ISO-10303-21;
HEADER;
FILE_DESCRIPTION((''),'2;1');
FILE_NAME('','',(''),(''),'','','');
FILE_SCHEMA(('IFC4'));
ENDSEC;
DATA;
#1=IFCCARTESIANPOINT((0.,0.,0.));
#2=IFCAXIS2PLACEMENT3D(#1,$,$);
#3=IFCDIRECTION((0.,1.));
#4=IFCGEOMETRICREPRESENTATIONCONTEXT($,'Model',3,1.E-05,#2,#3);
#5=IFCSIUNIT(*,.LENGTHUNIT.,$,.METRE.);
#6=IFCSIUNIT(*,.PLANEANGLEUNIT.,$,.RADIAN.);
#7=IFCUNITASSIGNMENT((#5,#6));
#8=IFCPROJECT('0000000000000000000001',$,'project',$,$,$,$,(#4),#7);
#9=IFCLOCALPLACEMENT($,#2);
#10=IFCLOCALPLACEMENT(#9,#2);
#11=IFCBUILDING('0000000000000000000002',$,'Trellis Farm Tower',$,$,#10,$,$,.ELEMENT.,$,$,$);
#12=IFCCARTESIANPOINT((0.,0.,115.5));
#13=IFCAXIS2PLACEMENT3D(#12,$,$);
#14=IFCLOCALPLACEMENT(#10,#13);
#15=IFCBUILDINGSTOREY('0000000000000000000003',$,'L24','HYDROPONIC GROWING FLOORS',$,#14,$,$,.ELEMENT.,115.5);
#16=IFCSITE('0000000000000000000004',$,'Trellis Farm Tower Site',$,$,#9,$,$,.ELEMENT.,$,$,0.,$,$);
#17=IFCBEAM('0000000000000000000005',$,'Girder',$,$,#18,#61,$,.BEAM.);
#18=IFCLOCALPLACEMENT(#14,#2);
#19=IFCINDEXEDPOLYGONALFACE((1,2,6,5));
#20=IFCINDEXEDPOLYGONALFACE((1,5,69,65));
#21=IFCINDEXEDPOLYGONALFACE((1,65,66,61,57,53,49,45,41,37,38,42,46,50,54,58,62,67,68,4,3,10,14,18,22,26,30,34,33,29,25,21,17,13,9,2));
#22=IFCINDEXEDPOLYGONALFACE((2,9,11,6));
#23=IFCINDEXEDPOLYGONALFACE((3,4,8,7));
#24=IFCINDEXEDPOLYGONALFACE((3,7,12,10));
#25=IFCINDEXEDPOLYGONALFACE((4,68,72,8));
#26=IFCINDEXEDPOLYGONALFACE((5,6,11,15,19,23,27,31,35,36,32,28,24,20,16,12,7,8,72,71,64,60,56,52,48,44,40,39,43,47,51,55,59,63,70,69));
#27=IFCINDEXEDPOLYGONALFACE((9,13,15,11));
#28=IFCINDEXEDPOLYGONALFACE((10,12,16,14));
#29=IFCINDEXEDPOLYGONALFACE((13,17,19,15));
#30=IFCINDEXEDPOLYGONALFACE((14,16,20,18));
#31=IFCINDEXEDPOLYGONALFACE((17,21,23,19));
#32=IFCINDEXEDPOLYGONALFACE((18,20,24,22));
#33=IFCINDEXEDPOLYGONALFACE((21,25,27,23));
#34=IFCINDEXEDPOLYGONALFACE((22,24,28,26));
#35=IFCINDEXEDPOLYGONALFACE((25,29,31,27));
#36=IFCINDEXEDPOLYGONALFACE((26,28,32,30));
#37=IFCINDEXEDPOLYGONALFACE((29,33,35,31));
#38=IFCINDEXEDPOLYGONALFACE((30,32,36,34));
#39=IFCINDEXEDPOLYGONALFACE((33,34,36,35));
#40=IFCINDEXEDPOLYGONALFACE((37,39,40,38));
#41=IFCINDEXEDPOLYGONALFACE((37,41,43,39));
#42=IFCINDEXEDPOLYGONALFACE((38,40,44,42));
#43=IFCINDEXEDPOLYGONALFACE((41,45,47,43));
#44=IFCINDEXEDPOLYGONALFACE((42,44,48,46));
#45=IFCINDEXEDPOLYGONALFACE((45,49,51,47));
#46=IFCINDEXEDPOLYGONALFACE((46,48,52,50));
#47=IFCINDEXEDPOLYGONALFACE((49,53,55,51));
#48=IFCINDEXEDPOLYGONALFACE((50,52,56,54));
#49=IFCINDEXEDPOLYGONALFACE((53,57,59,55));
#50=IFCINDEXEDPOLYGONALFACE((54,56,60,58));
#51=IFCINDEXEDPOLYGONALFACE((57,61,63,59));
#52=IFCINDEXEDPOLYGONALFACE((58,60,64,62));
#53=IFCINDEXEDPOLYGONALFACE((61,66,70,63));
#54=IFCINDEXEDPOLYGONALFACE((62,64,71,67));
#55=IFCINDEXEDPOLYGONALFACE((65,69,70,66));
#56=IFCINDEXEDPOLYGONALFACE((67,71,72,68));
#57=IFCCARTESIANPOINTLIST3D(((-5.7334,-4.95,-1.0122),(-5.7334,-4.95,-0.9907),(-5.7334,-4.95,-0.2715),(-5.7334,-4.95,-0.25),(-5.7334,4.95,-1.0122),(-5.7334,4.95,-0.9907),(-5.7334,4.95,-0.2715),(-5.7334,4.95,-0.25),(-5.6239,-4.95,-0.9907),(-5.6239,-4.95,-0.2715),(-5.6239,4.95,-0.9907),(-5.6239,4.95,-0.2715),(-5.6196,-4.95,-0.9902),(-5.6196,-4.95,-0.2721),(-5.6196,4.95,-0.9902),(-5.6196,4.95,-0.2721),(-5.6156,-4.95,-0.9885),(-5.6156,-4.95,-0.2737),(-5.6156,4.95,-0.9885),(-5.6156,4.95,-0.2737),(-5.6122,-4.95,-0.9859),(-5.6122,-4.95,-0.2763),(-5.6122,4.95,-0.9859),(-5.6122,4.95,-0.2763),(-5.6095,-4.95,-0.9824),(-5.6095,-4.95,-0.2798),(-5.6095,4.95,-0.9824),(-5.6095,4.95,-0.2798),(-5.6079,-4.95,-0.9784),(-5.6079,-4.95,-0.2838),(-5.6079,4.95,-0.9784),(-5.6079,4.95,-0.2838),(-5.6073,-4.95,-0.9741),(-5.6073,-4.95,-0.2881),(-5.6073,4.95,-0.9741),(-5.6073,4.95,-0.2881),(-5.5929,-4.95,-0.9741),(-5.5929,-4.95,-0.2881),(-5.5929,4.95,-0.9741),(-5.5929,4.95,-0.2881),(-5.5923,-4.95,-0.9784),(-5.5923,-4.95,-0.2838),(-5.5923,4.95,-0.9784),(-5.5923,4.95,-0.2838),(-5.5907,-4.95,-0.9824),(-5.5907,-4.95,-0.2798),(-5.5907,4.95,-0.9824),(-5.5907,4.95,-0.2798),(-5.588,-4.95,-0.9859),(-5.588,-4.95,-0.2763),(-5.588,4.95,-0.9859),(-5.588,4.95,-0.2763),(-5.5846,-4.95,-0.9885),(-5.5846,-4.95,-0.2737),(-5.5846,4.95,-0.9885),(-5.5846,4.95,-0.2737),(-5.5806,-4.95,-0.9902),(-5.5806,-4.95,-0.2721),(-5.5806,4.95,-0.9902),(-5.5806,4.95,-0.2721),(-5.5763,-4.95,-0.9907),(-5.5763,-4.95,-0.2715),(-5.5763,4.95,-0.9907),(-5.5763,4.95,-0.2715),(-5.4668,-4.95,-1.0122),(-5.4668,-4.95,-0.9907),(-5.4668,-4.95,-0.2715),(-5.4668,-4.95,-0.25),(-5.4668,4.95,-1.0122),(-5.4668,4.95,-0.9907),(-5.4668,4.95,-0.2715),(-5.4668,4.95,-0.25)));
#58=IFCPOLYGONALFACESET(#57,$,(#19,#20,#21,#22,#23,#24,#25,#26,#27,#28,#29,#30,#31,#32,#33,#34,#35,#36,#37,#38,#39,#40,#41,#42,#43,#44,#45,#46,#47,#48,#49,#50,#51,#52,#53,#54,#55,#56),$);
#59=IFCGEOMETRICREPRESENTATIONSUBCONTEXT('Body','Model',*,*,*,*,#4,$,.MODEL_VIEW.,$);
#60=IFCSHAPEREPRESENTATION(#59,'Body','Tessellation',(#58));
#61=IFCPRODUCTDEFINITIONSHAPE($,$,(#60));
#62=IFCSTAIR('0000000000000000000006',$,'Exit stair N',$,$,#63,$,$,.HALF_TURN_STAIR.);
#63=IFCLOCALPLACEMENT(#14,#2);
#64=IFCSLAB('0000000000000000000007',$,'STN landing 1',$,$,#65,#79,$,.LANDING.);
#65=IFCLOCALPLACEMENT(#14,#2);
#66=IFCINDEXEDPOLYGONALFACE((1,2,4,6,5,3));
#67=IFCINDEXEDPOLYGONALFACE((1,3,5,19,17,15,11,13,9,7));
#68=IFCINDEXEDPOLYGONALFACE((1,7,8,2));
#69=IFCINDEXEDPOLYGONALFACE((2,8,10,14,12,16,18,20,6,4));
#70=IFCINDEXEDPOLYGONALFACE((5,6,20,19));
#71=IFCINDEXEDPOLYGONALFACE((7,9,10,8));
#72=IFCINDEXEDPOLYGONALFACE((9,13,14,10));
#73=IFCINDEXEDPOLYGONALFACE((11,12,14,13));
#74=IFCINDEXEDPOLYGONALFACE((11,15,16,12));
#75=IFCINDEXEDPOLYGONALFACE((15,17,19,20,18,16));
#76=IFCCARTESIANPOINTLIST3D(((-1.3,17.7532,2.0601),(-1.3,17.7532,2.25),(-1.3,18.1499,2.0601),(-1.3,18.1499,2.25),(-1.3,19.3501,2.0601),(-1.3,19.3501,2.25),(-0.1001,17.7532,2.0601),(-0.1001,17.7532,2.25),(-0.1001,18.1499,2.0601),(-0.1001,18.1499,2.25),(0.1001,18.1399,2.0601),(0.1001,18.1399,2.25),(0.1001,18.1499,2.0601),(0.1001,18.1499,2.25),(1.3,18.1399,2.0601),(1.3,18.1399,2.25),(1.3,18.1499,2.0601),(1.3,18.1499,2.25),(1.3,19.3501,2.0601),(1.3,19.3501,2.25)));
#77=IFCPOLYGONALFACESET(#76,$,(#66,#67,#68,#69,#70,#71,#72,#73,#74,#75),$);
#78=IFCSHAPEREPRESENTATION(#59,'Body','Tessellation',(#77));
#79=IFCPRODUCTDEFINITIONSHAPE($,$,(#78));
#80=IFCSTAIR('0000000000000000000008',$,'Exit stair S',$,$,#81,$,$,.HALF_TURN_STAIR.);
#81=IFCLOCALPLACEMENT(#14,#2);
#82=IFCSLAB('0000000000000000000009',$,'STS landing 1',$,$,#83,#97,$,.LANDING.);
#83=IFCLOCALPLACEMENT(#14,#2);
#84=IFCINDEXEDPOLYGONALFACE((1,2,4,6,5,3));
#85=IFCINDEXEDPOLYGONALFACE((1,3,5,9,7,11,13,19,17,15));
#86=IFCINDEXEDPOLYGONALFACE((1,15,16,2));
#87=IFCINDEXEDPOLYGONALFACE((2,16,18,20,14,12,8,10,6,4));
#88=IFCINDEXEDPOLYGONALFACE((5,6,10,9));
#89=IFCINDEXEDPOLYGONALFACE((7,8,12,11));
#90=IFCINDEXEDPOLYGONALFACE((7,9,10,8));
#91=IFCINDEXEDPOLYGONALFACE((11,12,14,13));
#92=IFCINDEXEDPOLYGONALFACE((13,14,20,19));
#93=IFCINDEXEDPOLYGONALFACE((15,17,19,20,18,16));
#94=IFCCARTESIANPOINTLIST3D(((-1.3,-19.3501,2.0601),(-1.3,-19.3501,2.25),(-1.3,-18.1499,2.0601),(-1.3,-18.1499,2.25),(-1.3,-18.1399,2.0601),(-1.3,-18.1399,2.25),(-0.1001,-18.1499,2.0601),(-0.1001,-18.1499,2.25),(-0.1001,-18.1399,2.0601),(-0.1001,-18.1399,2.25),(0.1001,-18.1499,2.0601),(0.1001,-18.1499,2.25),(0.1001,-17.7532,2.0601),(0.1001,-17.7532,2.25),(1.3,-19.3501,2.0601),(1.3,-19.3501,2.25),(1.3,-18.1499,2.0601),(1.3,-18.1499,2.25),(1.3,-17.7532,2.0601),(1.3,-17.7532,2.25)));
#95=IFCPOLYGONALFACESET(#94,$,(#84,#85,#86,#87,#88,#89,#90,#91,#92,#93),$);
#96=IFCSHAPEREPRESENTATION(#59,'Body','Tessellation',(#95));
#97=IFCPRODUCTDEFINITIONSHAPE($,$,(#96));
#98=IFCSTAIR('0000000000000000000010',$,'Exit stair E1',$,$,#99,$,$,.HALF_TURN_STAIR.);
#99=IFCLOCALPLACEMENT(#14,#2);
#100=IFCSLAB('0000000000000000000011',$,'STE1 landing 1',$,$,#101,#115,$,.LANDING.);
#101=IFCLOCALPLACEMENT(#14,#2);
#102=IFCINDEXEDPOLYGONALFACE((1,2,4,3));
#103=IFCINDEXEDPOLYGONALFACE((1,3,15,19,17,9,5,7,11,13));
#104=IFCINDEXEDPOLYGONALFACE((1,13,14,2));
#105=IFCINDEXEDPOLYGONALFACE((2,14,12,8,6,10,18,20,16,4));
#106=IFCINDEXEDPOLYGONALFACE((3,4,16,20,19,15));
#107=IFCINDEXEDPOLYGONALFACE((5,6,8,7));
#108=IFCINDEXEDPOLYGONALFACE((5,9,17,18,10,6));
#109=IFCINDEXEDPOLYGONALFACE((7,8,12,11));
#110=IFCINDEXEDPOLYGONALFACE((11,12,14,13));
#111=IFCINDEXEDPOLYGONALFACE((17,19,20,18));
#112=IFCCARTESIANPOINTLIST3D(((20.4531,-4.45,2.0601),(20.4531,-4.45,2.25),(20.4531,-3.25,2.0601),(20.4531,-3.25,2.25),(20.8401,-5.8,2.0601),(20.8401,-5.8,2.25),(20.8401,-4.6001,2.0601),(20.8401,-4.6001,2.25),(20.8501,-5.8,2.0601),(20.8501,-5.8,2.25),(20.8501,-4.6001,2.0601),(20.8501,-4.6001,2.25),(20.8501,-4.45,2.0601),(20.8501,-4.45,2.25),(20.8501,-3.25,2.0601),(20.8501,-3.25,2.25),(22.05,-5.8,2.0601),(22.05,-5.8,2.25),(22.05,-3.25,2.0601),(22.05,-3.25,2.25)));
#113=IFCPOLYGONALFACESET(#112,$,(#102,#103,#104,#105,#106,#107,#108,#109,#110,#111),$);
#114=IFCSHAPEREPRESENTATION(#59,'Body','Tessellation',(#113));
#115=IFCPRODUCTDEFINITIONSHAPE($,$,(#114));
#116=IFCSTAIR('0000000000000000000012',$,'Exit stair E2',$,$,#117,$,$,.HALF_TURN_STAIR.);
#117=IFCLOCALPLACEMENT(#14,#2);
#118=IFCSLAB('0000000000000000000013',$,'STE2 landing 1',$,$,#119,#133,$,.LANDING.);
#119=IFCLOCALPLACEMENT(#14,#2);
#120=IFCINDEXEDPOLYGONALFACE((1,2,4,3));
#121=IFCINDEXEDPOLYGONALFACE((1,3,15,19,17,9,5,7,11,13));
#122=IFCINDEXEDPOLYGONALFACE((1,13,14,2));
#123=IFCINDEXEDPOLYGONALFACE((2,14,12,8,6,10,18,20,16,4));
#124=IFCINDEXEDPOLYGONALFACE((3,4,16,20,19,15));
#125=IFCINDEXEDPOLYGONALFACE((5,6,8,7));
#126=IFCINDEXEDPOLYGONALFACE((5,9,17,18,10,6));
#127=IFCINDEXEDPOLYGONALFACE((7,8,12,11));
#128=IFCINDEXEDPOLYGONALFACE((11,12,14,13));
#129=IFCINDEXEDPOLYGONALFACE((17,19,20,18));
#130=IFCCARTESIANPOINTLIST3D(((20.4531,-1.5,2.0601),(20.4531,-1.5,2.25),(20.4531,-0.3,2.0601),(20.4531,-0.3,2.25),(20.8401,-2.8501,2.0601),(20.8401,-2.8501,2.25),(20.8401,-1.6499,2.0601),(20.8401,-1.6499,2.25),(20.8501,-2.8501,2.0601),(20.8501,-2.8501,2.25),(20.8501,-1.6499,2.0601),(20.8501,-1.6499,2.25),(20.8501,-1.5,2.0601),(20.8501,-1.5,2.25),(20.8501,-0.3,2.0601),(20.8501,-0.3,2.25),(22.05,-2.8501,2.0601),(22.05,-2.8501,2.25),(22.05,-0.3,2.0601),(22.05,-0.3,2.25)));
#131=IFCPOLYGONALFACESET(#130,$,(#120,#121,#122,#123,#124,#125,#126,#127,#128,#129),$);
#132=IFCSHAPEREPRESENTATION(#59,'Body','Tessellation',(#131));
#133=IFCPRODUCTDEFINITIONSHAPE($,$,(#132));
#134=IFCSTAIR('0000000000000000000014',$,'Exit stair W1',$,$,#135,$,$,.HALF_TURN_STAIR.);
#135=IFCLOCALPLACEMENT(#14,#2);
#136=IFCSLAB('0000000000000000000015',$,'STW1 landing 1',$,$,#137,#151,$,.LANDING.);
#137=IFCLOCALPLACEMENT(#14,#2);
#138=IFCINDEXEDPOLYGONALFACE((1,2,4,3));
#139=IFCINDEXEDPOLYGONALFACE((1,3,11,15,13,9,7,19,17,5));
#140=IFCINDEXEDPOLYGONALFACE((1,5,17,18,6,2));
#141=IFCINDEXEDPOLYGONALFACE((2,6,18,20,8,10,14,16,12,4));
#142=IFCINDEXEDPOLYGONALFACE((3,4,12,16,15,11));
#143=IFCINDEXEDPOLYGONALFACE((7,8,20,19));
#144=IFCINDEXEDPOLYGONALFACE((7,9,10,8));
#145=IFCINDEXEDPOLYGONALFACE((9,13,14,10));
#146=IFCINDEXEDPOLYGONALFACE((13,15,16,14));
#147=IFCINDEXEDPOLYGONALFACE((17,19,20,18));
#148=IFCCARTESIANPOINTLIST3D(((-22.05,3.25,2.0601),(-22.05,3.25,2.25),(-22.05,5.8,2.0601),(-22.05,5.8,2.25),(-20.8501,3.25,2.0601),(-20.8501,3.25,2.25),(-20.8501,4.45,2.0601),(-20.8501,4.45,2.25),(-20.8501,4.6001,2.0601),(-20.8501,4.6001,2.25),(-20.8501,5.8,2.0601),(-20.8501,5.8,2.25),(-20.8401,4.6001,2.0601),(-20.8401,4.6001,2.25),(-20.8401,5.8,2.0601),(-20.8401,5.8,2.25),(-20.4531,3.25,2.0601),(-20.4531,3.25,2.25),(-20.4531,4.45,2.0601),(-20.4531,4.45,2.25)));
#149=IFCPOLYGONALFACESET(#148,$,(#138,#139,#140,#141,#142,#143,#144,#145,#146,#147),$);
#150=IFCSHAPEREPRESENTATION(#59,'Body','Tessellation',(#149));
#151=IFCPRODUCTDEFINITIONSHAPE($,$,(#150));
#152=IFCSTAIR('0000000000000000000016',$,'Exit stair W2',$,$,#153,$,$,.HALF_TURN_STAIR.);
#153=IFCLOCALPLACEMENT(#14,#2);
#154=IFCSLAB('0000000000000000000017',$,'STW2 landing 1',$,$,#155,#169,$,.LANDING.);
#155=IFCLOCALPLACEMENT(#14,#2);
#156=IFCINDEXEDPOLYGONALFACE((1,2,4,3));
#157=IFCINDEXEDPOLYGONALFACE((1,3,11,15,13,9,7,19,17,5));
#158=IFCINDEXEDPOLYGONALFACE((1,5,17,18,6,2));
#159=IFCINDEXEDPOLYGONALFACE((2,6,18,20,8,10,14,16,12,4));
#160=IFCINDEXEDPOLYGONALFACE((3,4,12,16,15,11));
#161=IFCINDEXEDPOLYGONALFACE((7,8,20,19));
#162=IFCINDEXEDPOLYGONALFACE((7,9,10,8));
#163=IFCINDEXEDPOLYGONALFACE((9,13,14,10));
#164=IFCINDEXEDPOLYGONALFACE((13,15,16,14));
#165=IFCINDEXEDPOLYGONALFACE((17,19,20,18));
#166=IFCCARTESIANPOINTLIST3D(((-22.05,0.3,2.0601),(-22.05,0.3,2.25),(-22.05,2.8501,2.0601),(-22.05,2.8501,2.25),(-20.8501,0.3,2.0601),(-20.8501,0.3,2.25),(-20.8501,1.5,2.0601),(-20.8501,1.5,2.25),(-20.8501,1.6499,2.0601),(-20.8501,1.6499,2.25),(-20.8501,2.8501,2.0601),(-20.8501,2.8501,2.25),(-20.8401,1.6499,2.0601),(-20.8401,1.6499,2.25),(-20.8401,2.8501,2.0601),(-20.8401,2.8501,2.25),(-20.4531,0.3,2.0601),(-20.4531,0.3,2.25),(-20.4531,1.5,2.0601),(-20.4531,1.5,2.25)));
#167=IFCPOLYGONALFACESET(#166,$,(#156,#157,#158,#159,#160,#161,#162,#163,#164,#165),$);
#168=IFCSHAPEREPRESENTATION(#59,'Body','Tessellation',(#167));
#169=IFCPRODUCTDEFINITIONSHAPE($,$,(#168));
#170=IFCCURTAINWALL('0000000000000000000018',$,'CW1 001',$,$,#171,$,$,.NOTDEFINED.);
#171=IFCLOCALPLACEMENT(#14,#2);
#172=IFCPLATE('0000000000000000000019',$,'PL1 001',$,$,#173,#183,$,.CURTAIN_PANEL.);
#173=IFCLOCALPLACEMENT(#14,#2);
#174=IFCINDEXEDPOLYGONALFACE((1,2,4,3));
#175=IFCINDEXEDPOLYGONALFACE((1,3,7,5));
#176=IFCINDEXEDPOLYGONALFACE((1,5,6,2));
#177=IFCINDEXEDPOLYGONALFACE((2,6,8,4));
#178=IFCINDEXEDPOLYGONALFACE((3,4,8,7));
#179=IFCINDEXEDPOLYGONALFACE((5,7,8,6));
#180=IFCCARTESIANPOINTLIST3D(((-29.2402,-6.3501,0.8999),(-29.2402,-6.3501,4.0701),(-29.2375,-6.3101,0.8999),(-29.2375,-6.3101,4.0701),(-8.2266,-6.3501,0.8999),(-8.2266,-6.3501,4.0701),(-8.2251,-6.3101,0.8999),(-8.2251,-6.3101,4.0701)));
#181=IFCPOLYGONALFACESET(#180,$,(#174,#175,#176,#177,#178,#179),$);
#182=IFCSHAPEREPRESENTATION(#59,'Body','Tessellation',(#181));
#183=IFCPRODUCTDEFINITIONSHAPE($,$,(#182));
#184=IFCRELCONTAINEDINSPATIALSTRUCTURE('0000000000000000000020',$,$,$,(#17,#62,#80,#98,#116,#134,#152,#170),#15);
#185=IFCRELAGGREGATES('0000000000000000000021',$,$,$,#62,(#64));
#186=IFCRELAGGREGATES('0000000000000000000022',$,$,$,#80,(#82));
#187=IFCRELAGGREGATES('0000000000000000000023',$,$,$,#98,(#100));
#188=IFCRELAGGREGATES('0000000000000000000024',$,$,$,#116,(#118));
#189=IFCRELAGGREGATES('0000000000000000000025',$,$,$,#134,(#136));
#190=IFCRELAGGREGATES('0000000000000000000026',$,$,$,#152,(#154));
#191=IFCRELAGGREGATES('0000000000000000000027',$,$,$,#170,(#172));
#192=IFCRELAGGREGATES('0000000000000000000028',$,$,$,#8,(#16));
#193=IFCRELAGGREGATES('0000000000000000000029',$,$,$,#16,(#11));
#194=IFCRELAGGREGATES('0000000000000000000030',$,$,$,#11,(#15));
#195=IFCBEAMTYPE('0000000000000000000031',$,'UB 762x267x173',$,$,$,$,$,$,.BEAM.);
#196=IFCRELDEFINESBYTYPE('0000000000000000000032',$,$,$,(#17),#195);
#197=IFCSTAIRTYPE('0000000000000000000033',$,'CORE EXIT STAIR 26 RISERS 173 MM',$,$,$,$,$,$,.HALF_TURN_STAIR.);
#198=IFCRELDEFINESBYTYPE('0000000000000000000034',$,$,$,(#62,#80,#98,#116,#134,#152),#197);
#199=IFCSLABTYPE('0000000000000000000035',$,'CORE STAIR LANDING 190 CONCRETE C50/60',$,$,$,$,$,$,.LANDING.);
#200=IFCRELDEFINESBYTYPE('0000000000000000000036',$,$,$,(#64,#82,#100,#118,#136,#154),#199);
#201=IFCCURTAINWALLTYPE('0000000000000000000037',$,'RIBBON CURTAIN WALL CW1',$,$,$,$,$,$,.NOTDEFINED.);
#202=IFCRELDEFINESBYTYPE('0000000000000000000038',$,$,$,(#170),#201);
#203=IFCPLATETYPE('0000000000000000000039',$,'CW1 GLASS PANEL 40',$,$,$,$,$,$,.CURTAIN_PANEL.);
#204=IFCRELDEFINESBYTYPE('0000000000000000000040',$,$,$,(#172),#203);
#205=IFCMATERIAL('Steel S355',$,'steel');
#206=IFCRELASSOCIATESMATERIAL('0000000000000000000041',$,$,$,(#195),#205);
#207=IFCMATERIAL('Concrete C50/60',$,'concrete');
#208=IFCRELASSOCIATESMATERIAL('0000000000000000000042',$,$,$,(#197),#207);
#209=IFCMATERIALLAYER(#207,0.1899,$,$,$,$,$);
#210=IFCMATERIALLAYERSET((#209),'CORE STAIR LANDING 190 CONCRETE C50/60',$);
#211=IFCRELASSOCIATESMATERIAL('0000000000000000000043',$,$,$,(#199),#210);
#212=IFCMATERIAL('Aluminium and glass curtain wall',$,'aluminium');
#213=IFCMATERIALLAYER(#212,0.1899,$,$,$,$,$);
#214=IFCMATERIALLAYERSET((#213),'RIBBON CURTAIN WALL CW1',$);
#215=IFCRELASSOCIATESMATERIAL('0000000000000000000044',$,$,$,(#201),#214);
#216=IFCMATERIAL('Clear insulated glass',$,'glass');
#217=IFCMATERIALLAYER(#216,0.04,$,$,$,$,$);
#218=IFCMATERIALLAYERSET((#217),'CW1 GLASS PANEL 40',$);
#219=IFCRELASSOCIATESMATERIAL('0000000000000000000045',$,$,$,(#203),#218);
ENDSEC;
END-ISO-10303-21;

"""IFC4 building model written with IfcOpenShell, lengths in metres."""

from ifc_helpers import new_model, si_unit, direction, frame, origin, origin_2d, place, context, subcontext, project, spatial, polyline, i_section, outline, extrude, source, transform, mapped, material, layer, layer_set, material_profile, profile_set, type_object, element, aggregate, save


model = new_model("IFC4")

# Units and contexts
model_context = context("Model", 3, precision=1e-05, world=origin(), true_north=direction((0.0, 1.0)))
body_context = subcontext(model_context, "Body", "Model", "MODEL_VIEW")
ifc_project = project(units=[si_unit("LENGTHUNIT", "METRE"), si_unit("PLANEANGLEUNIT", "RADIAN")], contexts=[model_context])

# Site, building, storey
site_placement = place(None, origin())
site = spatial("IfcSite", under=ifc_project, at=site_placement, Name="Trellis Farm Tower Site", CompositionType="ELEMENT", RefElevation=0.0)
building_placement = place(site_placement, origin())
building = spatial("IfcBuilding", under=site, at=building_placement, Name="Trellis Farm Tower", CompositionType="ELEMENT")
storey_placement = place(building_placement, frame((0.0, 0.0, 115.5)))
storey = spatial("IfcBuildingStorey", under=building, at=storey_placement, Name="L24", Description="HYDROPONIC GROWING FLOORS", CompositionType="ELEMENT", Elevation=115.5)

# Beam
ifc_material_1 = material(Name="Steel S355", Category="steel")
ifc_material_profile_1 = material_profile(ifc_material_1, i_section(OverallWidth=0.2666, OverallDepth=0.7622, WebThickness=0.0144, FlangeThickness=0.0215, FilletRadius=0.0166, at=origin_2d()), Name="UB 762x267x173")
ifc_profile_set_1 = profile_set([ifc_material_profile_1], Name="Steel S355")
beam_type_1 = type_object("IfcBeamType", Name="UB 762x267x173", PredefinedType="BEAM", material=ifc_profile_set_1)
shared_shape_1 = source(origin(), body_context, "Body", "SweptSolid", [
    extrude(i_section(OverallWidth=0.2666, OverallDepth=0.7622, WebThickness=0.0144, FlangeThickness=0.0215, FilletRadius=0.0166, at=origin_2d()), origin(), (0.0, 0.0, 1.0), 9.8999),
])
for number, where, z_axis, x_axis, name in (
    (1, (-5.6001, -4.95, -0.6311), (0.0, 1.0, 0.0), (-1.0, 0.0, 0.0), "Girder"),
):
    element("IfcBeam", number, at=place(storey_placement, frame(where, z_axis=z_axis, x_axis=x_axis)), inside=storey, type_object=beam_type_1, Name=name, PredefinedType="BEAM", context=body_context, shape_type="MappedRepresentation", body=[
        mapped(shared_shape_1, transform((0.0, 0.0, 0.0))),
    ])

# Stairs, slabs
ifc_material_2 = material(Name="Concrete C50/60", Category="concrete")
stair_type = type_object("IfcStairType", Name="CORE EXIT STAIR 26 RISERS 173 MM", PredefinedType="HALF_TURN_STAIR", material=ifc_material_2)
placement_1 = place(storey_placement, origin())
stair_1 = element("IfcStair", 2, at=placement_1, inside=storey, type_object=stair_type, Name="Exit stair N", PredefinedType="HALF_TURN_STAIR")
ifc_layer_1 = layer(ifc_material_2, 0.1899)
ifc_layer_set_1 = layer_set([ifc_layer_1], Name="CORE STAIR LANDING 190 CONCRETE C50/60")
slab_type_1 = type_object("IfcSlabType", Name="CORE STAIR LANDING 190 CONCRETE C50/60", PredefinedType="LANDING", material=ifc_layer_set_1)
shared_shape_2 = source(origin(), body_context, "Body", "SweptSolid", [
    extrude(outline(polyline([(-0.1001, 17.7532), (-1.3, 17.7532), (-1.3, 18.1499), (-1.3, 19.3501), (1.3, 19.3501), (1.3, 18.1499), (1.3, 18.1399), (0.1001, 18.1399), (0.1001, 18.1499), (-0.1001, 18.1499), (-0.1001, 17.7532)])), origin(), (0.0, 0.0, 1.0), 0.1899),
])
placement_2 = place(storey_placement, frame((0.0, 0.0, 2.0601)))
slab_1 = element("IfcSlab", 3, at=placement_2, type_object=slab_type_1, Name="STN landing 1", PredefinedType="LANDING", context=body_context, shape_type="MappedRepresentation", body=[
    mapped(shared_shape_2, transform((0.0, 0.0, 0.0))),
])
aggregate(stair_1, [slab_1])
stair_2 = element("IfcStair", 4, at=placement_1, inside=storey, type_object=stair_type, Name="Exit stair S", PredefinedType="HALF_TURN_STAIR")
shared_shape_3 = source(origin(), body_context, "Body", "SweptSolid", [
    extrude(outline(polyline([(1.3, -19.3501), (-1.3, -19.3501), (-1.3, -18.1499), (-1.3, -18.1399), (-0.1001, -18.1399), (-0.1001, -18.1499), (0.1001, -18.1499), (0.1001, -17.7532), (1.3, -17.7532), (1.3, -18.1499), (1.3, -19.3501)])), origin(), (0.0, 0.0, 1.0), 0.1899),
])
slab_2 = element("IfcSlab", 5, at=placement_2, type_object=slab_type_1, Name="STS landing 1", PredefinedType="LANDING", context=body_context, shape_type="MappedRepresentation", body=[
    mapped(shared_shape_3, transform((0.0, 0.0, 0.0))),
])
aggregate(stair_2, [slab_2])
stair_3 = element("IfcStair", 6, at=placement_1, inside=storey, type_object=stair_type, Name="Exit stair E1", PredefinedType="HALF_TURN_STAIR")
shared_shape_4 = source(origin(), body_context, "Body", "SweptSolid", [
    extrude(outline(polyline([(20.8401, -5.8), (20.8401, -4.6001), (20.8501, -4.6001), (20.8501, -4.45), (20.4531, -4.45), (20.4531, -3.25), (20.8501, -3.25), (22.05, -3.25), (22.05, -5.8), (20.8501, -5.8), (20.8401, -5.8)])), origin(), (0.0, 0.0, 1.0), 0.1899),
])
slab_3 = element("IfcSlab", 7, at=placement_2, type_object=slab_type_1, Name="STE1 landing 1", PredefinedType="LANDING", context=body_context, shape_type="MappedRepresentation", body=[
    mapped(shared_shape_4, transform((0.0, 0.0, 0.0))),
])
aggregate(stair_3, [slab_3])
stair_4 = element("IfcStair", 8, at=placement_1, inside=storey, type_object=stair_type, Name="Exit stair E2", PredefinedType="HALF_TURN_STAIR")
shared_shape_5 = source(origin(), body_context, "Body", "SweptSolid", [
    extrude(outline(polyline([(20.8401, -2.8501), (20.8401, -1.6499), (20.8501, -1.6499), (20.8501, -1.5), (20.4531, -1.5), (20.4531, -0.3), (20.8501, -0.3), (22.05, -0.3), (22.05, -2.8501), (20.8501, -2.8501), (20.8401, -2.8501)])), origin(), (0.0, 0.0, 1.0), 0.1899),
])
slab_4 = element("IfcSlab", 9, at=placement_2, type_object=slab_type_1, Name="STE2 landing 1", PredefinedType="LANDING", context=body_context, shape_type="MappedRepresentation", body=[
    mapped(shared_shape_5, transform((0.0, 0.0, 0.0))),
])
aggregate(stair_4, [slab_4])
stair_5 = element("IfcStair", 10, at=placement_1, inside=storey, type_object=stair_type, Name="Exit stair W1", PredefinedType="HALF_TURN_STAIR")
shared_shape_6 = source(origin(), body_context, "Body", "SweptSolid", [
    extrude(outline(polyline([(-20.4531, 4.45), (-20.4531, 3.25), (-20.8501, 3.25), (-22.05, 3.25), (-22.05, 5.8), (-20.8501, 5.8), (-20.8401, 5.8), (-20.8401, 4.6001), (-20.8501, 4.6001), (-20.8501, 4.45), (-20.4531, 4.45)])), origin(), (0.0, 0.0, 1.0), 0.1899),
])
slab_5 = element("IfcSlab", 11, at=placement_2, type_object=slab_type_1, Name="STW1 landing 1", PredefinedType="LANDING", context=body_context, shape_type="MappedRepresentation", body=[
    mapped(shared_shape_6, transform((0.0, 0.0, 0.0))),
])
aggregate(stair_5, [slab_5])
stair_6 = element("IfcStair", 12, at=placement_1, inside=storey, type_object=stair_type, Name="Exit stair W2", PredefinedType="HALF_TURN_STAIR")
shared_shape_7 = source(origin(), body_context, "Body", "SweptSolid", [
    extrude(outline(polyline([(-20.4531, 1.5), (-20.4531, 0.3), (-20.8501, 0.3), (-22.05, 0.3), (-22.05, 2.8501), (-20.8501, 2.8501), (-20.8401, 2.8501), (-20.8401, 1.6499), (-20.8501, 1.6499), (-20.8501, 1.5), (-20.4531, 1.5)])), origin(), (0.0, 0.0, 1.0), 0.1899),
])
slab_6 = element("IfcSlab", 13, at=placement_2, type_object=slab_type_1, Name="STW2 landing 1", PredefinedType="LANDING", context=body_context, shape_type="MappedRepresentation", body=[
    mapped(shared_shape_7, transform((0.0, 0.0, 0.0))),
])
aggregate(stair_6, [slab_6])

# Curtain wall, plate
ifc_material_3 = material(Name="Aluminium and glass curtain wall", Category="aluminium")
ifc_layer_2 = layer(ifc_material_3, 0.1899)
ifc_layer_set_2 = layer_set([ifc_layer_2], Name="RIBBON CURTAIN WALL CW1")
curtain_wall_type = type_object("IfcCurtainWallType", Name="RIBBON CURTAIN WALL CW1", PredefinedType="NOTDEFINED", material=ifc_layer_set_2)
curtain_wall = element("IfcCurtainWall", 14, at=placement_1, inside=storey, type_object=curtain_wall_type, Name="CW1 001", PredefinedType="NOTDEFINED")
ifc_material_4 = material(Name="Clear insulated glass", Category="glass")
ifc_layer_3 = layer(ifc_material_4, 0.04)
ifc_layer_set_3 = layer_set([ifc_layer_3], Name="CW1 GLASS PANEL 40")
plate_type = type_object("IfcPlateType", Name="CW1 GLASS PANEL 40", PredefinedType="CURTAIN_PANEL", material=ifc_layer_set_3)
shared_shape_8 = source(origin(), body_context, "Body", "SweptSolid", [
    extrude(outline(polyline([(-29.2402, -6.3501), (-8.2266, -6.3501), (-8.2251, -6.3101), (-29.2375, -6.3101), (-29.2402, -6.3501)])), origin(), (0.0, 0.0, 1.0), 3.1702),
])
plate_placement = place(storey_placement, frame((0.0, 0.0, 0.8999)))
plate = element("IfcPlate", 15, at=plate_placement, type_object=plate_type, Name="PL1 001", PredefinedType="CURTAIN_PANEL", context=body_context, shape_type="MappedRepresentation", body=[
    mapped(shared_shape_8, transform((0.0, 0.0, 0.0))),
])
aggregate(curtain_wall, [plate])

save(model, "model.ifc")
